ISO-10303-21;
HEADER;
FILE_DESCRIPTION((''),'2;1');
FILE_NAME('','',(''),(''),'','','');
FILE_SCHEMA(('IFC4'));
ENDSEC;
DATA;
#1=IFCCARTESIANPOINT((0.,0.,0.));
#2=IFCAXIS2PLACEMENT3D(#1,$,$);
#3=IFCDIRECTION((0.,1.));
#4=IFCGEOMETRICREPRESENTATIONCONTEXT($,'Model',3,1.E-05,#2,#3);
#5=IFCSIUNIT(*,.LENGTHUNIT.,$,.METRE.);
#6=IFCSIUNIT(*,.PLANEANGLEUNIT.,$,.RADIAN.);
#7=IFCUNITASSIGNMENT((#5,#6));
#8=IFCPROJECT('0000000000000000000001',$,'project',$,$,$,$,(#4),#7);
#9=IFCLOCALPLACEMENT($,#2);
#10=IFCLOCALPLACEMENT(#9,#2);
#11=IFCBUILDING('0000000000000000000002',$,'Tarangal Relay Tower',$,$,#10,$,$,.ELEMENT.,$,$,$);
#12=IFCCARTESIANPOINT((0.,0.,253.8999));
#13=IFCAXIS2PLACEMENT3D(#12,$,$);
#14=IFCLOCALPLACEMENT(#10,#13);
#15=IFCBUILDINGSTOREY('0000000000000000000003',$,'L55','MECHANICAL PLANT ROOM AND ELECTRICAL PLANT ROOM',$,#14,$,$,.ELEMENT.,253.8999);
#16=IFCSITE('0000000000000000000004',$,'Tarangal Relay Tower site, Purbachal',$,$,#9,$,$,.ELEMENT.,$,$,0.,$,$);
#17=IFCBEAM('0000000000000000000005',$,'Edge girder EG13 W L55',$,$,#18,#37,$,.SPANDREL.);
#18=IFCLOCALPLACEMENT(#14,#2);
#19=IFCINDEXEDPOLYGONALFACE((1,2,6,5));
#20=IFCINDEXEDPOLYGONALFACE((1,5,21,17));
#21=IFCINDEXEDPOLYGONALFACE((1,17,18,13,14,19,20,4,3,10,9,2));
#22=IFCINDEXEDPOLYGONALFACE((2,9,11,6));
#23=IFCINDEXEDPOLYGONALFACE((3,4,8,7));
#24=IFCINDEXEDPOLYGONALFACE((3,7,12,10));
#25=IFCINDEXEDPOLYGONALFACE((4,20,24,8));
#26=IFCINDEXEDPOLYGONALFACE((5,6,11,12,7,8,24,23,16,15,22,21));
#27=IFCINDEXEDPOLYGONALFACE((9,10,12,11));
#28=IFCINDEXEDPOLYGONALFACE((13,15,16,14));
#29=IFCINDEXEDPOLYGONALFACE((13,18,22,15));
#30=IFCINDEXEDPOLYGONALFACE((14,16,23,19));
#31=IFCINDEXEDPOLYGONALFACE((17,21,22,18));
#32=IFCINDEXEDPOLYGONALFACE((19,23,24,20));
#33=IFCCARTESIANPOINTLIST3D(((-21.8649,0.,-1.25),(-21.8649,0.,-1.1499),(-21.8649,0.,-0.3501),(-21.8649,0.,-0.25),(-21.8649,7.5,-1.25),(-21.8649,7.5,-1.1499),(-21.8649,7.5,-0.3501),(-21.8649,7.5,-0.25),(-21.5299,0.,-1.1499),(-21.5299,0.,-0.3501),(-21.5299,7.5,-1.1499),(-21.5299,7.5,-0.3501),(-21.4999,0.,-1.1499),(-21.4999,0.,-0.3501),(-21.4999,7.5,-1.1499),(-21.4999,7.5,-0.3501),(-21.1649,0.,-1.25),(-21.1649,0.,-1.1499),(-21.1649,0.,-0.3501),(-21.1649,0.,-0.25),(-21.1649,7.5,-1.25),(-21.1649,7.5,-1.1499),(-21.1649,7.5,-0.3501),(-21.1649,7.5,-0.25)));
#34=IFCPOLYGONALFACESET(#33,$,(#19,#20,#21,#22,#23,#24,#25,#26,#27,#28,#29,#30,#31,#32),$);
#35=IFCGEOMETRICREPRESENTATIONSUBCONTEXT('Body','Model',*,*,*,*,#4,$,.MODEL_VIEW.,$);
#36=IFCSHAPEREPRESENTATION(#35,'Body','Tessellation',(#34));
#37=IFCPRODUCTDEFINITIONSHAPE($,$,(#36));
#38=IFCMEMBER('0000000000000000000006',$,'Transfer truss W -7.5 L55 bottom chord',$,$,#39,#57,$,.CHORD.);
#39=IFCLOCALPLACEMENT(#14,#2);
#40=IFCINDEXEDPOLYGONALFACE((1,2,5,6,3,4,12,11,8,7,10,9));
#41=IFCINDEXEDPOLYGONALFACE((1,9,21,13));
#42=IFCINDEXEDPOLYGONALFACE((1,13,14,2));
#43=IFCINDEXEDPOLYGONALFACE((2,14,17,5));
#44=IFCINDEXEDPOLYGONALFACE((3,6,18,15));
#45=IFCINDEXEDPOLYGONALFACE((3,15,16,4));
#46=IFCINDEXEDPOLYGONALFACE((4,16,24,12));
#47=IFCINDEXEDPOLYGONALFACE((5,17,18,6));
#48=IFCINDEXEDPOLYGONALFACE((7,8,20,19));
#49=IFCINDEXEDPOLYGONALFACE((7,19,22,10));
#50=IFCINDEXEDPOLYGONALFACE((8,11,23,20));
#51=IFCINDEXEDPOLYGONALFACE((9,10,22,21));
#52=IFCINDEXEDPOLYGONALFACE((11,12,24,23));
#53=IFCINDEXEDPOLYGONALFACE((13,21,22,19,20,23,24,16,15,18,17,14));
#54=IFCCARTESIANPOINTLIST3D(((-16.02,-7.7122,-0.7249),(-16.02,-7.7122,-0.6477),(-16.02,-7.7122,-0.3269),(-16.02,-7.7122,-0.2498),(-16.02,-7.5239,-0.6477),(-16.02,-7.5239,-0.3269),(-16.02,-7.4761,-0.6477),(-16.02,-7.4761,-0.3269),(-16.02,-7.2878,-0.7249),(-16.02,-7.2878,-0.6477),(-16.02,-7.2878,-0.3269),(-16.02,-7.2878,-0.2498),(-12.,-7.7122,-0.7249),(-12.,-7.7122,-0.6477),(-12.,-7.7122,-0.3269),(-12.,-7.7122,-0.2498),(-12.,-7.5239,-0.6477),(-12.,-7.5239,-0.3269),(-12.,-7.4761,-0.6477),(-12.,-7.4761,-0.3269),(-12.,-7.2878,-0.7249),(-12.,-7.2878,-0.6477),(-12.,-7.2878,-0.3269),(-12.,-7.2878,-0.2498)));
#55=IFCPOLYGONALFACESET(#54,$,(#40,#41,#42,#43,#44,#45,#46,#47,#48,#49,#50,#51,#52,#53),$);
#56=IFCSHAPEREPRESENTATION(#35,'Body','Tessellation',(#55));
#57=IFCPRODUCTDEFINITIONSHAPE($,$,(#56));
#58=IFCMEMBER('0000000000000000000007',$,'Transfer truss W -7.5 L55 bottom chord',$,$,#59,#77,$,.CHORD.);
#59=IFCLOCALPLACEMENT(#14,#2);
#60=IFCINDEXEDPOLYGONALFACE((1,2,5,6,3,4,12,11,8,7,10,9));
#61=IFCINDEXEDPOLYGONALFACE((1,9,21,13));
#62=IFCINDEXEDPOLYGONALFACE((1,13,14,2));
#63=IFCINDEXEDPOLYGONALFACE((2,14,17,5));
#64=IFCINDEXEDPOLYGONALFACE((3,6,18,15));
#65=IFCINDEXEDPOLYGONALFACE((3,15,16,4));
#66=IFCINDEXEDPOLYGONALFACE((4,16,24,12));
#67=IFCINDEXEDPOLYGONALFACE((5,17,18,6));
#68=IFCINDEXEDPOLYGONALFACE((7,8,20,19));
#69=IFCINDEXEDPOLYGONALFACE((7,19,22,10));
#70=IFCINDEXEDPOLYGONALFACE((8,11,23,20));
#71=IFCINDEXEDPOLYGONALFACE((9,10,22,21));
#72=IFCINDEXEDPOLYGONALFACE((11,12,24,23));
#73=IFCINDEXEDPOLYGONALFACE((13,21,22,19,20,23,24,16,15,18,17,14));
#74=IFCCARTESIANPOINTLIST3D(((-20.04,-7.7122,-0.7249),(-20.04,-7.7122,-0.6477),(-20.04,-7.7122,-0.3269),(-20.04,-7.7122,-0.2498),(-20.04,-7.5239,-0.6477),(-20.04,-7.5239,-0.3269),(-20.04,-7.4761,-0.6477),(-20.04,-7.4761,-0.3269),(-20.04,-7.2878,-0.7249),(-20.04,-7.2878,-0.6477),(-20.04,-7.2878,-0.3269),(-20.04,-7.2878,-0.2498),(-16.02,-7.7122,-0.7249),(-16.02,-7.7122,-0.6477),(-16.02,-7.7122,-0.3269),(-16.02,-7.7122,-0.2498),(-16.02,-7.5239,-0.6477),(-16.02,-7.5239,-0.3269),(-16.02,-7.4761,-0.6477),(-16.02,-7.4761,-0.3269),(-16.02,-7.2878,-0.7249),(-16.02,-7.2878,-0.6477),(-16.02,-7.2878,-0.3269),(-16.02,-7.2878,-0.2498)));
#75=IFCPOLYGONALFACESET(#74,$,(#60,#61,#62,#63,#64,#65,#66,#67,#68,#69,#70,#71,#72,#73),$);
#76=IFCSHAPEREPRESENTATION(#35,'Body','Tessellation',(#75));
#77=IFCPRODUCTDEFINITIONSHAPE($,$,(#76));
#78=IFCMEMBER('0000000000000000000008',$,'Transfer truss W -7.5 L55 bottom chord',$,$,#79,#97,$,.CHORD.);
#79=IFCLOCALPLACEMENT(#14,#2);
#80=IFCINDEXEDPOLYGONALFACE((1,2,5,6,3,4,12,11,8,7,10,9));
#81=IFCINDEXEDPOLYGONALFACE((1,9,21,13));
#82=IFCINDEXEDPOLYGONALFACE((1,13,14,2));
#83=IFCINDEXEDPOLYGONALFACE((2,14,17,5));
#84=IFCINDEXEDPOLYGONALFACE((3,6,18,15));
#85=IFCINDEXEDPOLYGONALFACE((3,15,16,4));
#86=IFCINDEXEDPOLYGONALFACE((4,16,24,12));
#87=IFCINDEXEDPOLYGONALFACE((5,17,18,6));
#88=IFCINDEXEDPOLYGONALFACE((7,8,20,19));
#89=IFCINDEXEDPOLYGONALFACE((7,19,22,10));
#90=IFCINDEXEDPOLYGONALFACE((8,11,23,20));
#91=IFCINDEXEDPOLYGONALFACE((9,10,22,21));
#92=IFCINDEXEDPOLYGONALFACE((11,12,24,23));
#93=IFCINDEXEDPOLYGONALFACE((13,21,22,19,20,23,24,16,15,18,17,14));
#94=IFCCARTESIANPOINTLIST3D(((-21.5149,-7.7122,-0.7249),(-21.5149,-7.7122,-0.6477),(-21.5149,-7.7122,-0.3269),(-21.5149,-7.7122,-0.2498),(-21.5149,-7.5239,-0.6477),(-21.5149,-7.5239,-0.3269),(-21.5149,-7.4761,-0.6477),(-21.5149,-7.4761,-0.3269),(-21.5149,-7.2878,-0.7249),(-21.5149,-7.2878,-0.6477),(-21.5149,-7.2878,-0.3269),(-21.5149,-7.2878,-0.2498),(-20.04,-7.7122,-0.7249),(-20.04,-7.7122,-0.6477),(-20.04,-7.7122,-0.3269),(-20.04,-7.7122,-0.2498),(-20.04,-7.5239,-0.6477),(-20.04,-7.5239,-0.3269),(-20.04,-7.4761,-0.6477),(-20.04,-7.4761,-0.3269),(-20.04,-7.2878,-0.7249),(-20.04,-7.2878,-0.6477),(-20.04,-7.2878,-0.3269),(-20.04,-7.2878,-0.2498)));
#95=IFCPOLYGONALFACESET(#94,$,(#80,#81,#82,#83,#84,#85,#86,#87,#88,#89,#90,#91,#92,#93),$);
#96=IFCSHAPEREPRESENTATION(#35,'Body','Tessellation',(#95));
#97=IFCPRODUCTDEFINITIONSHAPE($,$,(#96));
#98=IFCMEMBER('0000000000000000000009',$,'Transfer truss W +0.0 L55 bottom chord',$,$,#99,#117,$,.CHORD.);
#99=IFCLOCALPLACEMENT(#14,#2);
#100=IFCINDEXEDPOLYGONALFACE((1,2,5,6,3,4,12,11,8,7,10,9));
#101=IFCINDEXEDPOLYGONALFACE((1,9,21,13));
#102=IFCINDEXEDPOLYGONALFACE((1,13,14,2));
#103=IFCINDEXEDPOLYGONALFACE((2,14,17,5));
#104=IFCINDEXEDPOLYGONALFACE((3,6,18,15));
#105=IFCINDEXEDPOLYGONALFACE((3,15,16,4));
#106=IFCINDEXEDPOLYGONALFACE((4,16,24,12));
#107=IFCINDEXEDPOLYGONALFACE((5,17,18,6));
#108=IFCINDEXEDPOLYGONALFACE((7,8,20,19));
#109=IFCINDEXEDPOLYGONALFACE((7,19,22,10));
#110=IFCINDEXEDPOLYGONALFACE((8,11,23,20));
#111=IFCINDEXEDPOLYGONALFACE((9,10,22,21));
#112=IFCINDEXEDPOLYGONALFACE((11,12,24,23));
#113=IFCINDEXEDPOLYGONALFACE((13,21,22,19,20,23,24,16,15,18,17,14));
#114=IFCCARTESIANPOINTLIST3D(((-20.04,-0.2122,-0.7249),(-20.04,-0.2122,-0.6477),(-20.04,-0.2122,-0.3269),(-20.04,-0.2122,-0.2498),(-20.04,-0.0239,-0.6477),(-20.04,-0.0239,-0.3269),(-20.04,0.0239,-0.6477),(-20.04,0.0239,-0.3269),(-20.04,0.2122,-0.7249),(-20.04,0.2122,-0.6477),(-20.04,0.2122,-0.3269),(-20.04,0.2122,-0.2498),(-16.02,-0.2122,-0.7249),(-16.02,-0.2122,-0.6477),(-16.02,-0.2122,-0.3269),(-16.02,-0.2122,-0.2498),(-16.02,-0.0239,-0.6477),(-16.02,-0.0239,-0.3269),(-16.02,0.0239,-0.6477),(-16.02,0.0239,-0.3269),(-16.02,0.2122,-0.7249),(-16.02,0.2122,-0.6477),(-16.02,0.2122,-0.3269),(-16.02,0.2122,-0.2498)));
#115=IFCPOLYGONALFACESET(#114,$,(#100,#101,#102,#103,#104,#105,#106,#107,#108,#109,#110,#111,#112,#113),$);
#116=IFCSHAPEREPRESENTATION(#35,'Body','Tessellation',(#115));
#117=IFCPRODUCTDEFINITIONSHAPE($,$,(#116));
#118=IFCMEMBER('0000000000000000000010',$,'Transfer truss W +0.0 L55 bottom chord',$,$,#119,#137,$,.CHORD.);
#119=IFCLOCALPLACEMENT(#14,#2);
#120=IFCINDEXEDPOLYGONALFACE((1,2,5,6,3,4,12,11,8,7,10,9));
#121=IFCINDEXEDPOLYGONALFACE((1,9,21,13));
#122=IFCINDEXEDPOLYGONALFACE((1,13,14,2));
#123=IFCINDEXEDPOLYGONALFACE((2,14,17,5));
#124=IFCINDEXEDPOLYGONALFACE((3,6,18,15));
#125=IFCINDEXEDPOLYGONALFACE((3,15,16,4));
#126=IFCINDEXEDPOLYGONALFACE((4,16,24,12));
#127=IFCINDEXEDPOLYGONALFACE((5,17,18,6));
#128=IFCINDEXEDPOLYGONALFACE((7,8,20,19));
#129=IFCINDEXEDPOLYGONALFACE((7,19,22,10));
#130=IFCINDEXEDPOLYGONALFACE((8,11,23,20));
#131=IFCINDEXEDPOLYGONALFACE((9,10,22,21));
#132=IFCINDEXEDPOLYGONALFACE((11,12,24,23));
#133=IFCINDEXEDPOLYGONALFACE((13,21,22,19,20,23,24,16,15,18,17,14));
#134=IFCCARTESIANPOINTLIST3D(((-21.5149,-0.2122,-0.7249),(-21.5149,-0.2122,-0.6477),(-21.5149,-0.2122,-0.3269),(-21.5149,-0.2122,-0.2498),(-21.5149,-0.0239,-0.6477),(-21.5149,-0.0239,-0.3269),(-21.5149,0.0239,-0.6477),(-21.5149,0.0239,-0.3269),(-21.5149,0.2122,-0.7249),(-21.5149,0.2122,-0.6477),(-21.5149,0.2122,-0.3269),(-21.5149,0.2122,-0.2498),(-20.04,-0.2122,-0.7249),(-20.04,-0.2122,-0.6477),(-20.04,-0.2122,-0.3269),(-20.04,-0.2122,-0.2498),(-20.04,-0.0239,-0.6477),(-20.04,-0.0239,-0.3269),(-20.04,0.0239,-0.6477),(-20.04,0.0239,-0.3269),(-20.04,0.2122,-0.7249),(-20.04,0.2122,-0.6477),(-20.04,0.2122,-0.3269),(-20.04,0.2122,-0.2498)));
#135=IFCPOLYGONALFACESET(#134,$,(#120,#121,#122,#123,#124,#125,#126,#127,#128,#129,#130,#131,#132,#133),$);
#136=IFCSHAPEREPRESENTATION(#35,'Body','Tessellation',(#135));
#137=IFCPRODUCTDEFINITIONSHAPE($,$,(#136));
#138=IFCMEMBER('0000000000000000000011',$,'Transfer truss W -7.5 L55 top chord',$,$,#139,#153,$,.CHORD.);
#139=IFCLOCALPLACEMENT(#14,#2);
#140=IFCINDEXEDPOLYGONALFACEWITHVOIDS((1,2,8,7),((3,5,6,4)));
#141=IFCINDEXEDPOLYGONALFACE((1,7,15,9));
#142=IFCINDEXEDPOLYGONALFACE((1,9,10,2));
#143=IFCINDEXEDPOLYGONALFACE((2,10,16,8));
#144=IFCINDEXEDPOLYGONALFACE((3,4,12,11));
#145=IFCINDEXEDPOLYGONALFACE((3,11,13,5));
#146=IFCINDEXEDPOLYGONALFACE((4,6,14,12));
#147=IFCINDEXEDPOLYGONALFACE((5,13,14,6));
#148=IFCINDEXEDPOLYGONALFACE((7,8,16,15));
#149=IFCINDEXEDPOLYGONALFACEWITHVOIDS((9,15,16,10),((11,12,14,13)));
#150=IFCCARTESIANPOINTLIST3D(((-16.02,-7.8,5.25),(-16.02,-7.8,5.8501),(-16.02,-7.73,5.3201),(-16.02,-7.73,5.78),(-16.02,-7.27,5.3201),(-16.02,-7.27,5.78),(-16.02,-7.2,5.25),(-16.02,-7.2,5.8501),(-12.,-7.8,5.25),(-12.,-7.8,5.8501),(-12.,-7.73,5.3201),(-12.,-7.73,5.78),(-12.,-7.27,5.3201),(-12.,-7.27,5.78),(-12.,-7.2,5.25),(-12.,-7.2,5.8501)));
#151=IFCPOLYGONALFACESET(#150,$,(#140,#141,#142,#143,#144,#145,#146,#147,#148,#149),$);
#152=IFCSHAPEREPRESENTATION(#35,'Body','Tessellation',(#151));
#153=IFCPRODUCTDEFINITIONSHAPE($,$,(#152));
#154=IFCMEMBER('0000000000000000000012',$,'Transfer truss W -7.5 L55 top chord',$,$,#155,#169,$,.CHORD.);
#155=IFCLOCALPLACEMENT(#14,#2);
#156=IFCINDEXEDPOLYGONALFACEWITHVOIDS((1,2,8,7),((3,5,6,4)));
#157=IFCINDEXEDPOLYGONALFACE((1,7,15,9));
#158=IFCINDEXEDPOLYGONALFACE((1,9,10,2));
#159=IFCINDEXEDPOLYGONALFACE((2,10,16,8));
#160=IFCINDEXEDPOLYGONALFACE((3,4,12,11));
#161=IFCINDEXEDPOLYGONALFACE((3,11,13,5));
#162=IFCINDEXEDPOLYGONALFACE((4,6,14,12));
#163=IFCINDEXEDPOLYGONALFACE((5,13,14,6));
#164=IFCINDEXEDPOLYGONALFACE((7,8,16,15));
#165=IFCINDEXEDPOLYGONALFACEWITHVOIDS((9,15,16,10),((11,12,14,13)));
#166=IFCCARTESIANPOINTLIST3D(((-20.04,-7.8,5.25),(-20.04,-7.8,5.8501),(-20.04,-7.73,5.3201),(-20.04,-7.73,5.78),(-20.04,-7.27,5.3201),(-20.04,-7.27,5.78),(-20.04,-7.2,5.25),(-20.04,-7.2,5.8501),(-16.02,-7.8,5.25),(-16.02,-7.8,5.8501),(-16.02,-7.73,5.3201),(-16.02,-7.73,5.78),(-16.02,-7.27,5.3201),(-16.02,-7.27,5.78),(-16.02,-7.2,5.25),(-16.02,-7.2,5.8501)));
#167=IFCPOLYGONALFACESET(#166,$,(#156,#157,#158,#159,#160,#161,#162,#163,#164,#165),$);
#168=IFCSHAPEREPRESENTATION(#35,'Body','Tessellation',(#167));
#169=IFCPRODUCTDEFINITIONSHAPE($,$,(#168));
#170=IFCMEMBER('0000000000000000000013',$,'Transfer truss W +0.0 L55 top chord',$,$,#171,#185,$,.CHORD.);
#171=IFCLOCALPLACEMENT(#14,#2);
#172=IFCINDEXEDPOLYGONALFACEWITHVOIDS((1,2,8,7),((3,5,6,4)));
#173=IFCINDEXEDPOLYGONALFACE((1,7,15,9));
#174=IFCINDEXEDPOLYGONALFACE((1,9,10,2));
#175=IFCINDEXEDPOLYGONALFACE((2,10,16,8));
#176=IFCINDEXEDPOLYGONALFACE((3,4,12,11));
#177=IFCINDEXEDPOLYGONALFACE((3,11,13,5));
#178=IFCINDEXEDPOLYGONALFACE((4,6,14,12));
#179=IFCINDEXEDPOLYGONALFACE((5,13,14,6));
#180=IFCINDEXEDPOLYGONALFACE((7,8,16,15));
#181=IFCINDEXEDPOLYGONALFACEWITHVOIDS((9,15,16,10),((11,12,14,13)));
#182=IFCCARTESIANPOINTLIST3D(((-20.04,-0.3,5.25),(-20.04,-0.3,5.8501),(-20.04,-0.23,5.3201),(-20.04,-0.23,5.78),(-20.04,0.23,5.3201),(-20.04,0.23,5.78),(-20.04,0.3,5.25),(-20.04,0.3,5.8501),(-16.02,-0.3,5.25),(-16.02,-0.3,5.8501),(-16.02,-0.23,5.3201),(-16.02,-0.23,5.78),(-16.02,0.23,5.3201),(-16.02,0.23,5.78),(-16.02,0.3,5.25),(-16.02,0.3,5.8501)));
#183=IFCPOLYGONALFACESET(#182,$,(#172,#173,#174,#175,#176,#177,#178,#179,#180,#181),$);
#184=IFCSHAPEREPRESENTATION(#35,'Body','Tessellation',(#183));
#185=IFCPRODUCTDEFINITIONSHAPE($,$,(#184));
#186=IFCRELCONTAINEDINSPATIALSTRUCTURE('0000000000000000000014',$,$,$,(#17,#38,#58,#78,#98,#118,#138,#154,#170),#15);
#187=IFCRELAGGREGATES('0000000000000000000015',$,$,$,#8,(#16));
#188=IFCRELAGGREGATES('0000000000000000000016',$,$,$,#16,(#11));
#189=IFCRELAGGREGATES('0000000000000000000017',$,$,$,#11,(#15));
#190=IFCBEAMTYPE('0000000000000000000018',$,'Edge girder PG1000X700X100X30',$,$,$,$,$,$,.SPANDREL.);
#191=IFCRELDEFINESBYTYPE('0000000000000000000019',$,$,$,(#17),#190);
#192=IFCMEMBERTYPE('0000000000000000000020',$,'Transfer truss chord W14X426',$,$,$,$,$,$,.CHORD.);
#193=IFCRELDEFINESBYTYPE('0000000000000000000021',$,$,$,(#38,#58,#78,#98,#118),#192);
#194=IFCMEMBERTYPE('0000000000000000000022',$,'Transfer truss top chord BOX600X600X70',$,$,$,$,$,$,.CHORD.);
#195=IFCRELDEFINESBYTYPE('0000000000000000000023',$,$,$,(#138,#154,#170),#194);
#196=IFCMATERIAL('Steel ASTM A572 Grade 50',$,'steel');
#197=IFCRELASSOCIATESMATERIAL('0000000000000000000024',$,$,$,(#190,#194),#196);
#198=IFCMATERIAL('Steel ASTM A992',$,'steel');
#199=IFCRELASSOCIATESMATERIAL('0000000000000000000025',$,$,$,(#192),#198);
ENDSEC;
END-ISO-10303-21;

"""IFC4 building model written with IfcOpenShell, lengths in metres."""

from ifc_helpers import new_model, si_unit, direction, frame, origin, origin_2d, place, context, subcontext, project, spatial, hollow_rectangle, i_section, extrude, material, material_profile, profile_set, type_object, element, save


model = new_model("IFC4")

# Units and contexts
model_context = context("Model", 3, precision=1e-05, world=origin(), true_north=direction((0.0, 1.0)))
body_context = subcontext(model_context, "Body", "Model", "MODEL_VIEW")
ifc_project = project(units=[si_unit("LENGTHUNIT", "METRE"), si_unit("PLANEANGLEUNIT", "RADIAN")], contexts=[model_context])

# Site, building, storey
site_placement = place(None, origin())
site = spatial("IfcSite", under=ifc_project, at=site_placement, Name="Tarangal Relay Tower site, Purbachal", CompositionType="ELEMENT", RefElevation=0.0)
building_placement = place(site_placement, origin())
building = spatial("IfcBuilding", under=site, at=building_placement, Name="Tarangal Relay Tower", CompositionType="ELEMENT")
storey_placement = place(building_placement, frame((0.0, 0.0, 253.8999)))
storey = spatial("IfcBuildingStorey", under=building, at=storey_placement, Name="L55", Description="MECHANICAL PLANT ROOM AND ELECTRICAL PLANT ROOM", CompositionType="ELEMENT", Elevation=253.8999)

# Shared definitions
ifc_material_1 = material(Name="Steel ASTM A572 Grade 50", Category="steel")

# Shared definitions
ifc_material_2 = material(Name="Steel ASTM A992", Category="steel")

# Beam
ifc_material_profile_1 = material_profile(ifc_material_1, i_section(OverallWidth=0.7, OverallDepth=1.0, WebThickness=0.03, FlangeThickness=0.1001, at=origin_2d()), Name="PG1000X700X100X30")
ifc_profile_set_1 = profile_set([ifc_material_profile_1], Name="Steel ASTM A572 Grade 50")
beam_type = type_object("IfcBeamType", Name="Edge girder PG1000X700X100X30", PredefinedType="SPANDREL", material=ifc_profile_set_1)
beam_placement = place(storey_placement, frame((-21.5149, 0.0, -0.75), z_axis=(0.0, 1.0, 0.0), x_axis=(-1.0, 0.0, 0.0)))
element("IfcBeam", 1, at=beam_placement, inside=storey, type_object=beam_type, Name="Edge girder EG13 W L55", PredefinedType="SPANDREL", context=body_context, shape_type="SweptSolid", body=[
    extrude(i_section(OverallWidth=0.7, OverallDepth=1.0, WebThickness=0.03, FlangeThickness=0.1001, at=origin_2d()), origin(), (0.0, 0.0, 1.0), 7.5),
])

# Members
ifc_material_profile_2 = material_profile(ifc_material_2, i_section(OverallWidth=0.4243, OverallDepth=0.4751, WebThickness=0.0479, FlangeThickness=0.0771, at=origin_2d()), Name="W14X426")
ifc_profile_set_2 = profile_set([ifc_material_profile_2], Name="Steel ASTM A992")
member_type_1 = type_object("IfcMemberType", Name="Transfer truss chord W14X426", PredefinedType="CHORD", material=ifc_profile_set_2)
for number, where, z_axis, x_axis, name in (
    (2, (-12.0, -7.5, -0.4873), (-1.0, 0.0, 0.0), (0.0, -1.0, 0.0), "Transfer truss W -7.5 L55 bottom chord"),
    (3, (-16.02, -7.5, -0.4873), (-1.0, 0.0, 0.0), (0.0, -1.0, 0.0), "Transfer truss W -7.5 L55 bottom chord"),
):
    element("IfcMember", number, at=place(storey_placement, frame(where, z_axis=z_axis, x_axis=x_axis)), inside=storey, type_object=member_type_1, Name=name, PredefinedType="CHORD", context=body_context, shape_type="SweptSolid", body=[
        extrude(i_section(OverallWidth=0.4243, OverallDepth=0.4751, WebThickness=0.0479, FlangeThickness=0.0771, at=origin_2d()), origin(), (0.0, 0.0, 1.0), 4.02),
    ])
member_1_placement = place(storey_placement, frame((-20.04, -7.5, -0.4873), z_axis=(-1.0, 0.0, 0.0), x_axis=(0.0, -1.0, 0.0)))
element("IfcMember", 4, at=member_1_placement, inside=storey, type_object=member_type_1, Name="Transfer truss W -7.5 L55 bottom chord", PredefinedType="CHORD", context=body_context, shape_type="SweptSolid", body=[
    extrude(i_section(OverallWidth=0.4243, OverallDepth=0.4751, WebThickness=0.0479, FlangeThickness=0.0771, at=origin_2d()), origin(), (0.0, 0.0, 1.0), 1.4749),
])
member_2_placement = place(storey_placement, frame((-16.02, 0.0, -0.4873), z_axis=(-1.0, 0.0, 0.0), x_axis=(0.0, -1.0, 0.0)))
element("IfcMember", 5, at=member_2_placement, inside=storey, type_object=member_type_1, Name="Transfer truss W +0.0 L55 bottom chord", PredefinedType="CHORD", context=body_context, shape_type="SweptSolid", body=[
    extrude(i_section(OverallWidth=0.4243, OverallDepth=0.4751, WebThickness=0.0479, FlangeThickness=0.0771, at=origin_2d()), origin(), (0.0, 0.0, 1.0), 4.02),
])
member_3_placement = place(storey_placement, frame((-20.04, 0.0, -0.4873), z_axis=(-1.0, 0.0, 0.0), x_axis=(0.0, -1.0, 0.0)))
element("IfcMember", 6, at=member_3_placement, inside=storey, type_object=member_type_1, Name="Transfer truss W +0.0 L55 bottom chord", PredefinedType="CHORD", context=body_context, shape_type="SweptSolid", body=[
    extrude(i_section(OverallWidth=0.4243, OverallDepth=0.4751, WebThickness=0.0479, FlangeThickness=0.0771, at=origin_2d()), origin(), (0.0, 0.0, 1.0), 1.4749),
])
ifc_material_profile_3 = material_profile(ifc_material_1, hollow_rectangle(XDim=0.6001, YDim=0.6001, WallThickness=0.0701, at=origin_2d()), Name="BOX600X600X70")
ifc_profile_set_3 = profile_set([ifc_material_profile_3], Name="Steel ASTM A572 Grade 50")
member_type_2 = type_object("IfcMemberType", Name="Transfer truss top chord BOX600X600X70", PredefinedType="CHORD", material=ifc_profile_set_3)
for number, where, z_axis, x_axis, name in (
    (7, (-12.0, -7.5, 5.55), (-1.0, 0.0, 0.0), (0.0, -1.0, 0.0), "Transfer truss W -7.5 L55 top chord"),
    (8, (-16.02, -7.5, 5.55), (-1.0, 0.0, 0.0), (0.0, -1.0, 0.0), "Transfer truss W -7.5 L55 top chord"),
    (9, (-16.02, 0.0, 5.55), (-1.0, 0.0, 0.0), (0.0, -1.0, 0.0), "Transfer truss W +0.0 L55 top chord"),
):
    element("IfcMember", number, at=place(storey_placement, frame(where, z_axis=z_axis, x_axis=x_axis)), inside=storey, type_object=member_type_2, Name=name, PredefinedType="CHORD", context=body_context, shape_type="SweptSolid", body=[
        extrude(hollow_rectangle(XDim=0.6001, YDim=0.6001, WallThickness=0.0701, at=origin_2d()), origin(), (0.0, 0.0, 1.0), 4.02),
    ])

save(model, "model.ifc")
